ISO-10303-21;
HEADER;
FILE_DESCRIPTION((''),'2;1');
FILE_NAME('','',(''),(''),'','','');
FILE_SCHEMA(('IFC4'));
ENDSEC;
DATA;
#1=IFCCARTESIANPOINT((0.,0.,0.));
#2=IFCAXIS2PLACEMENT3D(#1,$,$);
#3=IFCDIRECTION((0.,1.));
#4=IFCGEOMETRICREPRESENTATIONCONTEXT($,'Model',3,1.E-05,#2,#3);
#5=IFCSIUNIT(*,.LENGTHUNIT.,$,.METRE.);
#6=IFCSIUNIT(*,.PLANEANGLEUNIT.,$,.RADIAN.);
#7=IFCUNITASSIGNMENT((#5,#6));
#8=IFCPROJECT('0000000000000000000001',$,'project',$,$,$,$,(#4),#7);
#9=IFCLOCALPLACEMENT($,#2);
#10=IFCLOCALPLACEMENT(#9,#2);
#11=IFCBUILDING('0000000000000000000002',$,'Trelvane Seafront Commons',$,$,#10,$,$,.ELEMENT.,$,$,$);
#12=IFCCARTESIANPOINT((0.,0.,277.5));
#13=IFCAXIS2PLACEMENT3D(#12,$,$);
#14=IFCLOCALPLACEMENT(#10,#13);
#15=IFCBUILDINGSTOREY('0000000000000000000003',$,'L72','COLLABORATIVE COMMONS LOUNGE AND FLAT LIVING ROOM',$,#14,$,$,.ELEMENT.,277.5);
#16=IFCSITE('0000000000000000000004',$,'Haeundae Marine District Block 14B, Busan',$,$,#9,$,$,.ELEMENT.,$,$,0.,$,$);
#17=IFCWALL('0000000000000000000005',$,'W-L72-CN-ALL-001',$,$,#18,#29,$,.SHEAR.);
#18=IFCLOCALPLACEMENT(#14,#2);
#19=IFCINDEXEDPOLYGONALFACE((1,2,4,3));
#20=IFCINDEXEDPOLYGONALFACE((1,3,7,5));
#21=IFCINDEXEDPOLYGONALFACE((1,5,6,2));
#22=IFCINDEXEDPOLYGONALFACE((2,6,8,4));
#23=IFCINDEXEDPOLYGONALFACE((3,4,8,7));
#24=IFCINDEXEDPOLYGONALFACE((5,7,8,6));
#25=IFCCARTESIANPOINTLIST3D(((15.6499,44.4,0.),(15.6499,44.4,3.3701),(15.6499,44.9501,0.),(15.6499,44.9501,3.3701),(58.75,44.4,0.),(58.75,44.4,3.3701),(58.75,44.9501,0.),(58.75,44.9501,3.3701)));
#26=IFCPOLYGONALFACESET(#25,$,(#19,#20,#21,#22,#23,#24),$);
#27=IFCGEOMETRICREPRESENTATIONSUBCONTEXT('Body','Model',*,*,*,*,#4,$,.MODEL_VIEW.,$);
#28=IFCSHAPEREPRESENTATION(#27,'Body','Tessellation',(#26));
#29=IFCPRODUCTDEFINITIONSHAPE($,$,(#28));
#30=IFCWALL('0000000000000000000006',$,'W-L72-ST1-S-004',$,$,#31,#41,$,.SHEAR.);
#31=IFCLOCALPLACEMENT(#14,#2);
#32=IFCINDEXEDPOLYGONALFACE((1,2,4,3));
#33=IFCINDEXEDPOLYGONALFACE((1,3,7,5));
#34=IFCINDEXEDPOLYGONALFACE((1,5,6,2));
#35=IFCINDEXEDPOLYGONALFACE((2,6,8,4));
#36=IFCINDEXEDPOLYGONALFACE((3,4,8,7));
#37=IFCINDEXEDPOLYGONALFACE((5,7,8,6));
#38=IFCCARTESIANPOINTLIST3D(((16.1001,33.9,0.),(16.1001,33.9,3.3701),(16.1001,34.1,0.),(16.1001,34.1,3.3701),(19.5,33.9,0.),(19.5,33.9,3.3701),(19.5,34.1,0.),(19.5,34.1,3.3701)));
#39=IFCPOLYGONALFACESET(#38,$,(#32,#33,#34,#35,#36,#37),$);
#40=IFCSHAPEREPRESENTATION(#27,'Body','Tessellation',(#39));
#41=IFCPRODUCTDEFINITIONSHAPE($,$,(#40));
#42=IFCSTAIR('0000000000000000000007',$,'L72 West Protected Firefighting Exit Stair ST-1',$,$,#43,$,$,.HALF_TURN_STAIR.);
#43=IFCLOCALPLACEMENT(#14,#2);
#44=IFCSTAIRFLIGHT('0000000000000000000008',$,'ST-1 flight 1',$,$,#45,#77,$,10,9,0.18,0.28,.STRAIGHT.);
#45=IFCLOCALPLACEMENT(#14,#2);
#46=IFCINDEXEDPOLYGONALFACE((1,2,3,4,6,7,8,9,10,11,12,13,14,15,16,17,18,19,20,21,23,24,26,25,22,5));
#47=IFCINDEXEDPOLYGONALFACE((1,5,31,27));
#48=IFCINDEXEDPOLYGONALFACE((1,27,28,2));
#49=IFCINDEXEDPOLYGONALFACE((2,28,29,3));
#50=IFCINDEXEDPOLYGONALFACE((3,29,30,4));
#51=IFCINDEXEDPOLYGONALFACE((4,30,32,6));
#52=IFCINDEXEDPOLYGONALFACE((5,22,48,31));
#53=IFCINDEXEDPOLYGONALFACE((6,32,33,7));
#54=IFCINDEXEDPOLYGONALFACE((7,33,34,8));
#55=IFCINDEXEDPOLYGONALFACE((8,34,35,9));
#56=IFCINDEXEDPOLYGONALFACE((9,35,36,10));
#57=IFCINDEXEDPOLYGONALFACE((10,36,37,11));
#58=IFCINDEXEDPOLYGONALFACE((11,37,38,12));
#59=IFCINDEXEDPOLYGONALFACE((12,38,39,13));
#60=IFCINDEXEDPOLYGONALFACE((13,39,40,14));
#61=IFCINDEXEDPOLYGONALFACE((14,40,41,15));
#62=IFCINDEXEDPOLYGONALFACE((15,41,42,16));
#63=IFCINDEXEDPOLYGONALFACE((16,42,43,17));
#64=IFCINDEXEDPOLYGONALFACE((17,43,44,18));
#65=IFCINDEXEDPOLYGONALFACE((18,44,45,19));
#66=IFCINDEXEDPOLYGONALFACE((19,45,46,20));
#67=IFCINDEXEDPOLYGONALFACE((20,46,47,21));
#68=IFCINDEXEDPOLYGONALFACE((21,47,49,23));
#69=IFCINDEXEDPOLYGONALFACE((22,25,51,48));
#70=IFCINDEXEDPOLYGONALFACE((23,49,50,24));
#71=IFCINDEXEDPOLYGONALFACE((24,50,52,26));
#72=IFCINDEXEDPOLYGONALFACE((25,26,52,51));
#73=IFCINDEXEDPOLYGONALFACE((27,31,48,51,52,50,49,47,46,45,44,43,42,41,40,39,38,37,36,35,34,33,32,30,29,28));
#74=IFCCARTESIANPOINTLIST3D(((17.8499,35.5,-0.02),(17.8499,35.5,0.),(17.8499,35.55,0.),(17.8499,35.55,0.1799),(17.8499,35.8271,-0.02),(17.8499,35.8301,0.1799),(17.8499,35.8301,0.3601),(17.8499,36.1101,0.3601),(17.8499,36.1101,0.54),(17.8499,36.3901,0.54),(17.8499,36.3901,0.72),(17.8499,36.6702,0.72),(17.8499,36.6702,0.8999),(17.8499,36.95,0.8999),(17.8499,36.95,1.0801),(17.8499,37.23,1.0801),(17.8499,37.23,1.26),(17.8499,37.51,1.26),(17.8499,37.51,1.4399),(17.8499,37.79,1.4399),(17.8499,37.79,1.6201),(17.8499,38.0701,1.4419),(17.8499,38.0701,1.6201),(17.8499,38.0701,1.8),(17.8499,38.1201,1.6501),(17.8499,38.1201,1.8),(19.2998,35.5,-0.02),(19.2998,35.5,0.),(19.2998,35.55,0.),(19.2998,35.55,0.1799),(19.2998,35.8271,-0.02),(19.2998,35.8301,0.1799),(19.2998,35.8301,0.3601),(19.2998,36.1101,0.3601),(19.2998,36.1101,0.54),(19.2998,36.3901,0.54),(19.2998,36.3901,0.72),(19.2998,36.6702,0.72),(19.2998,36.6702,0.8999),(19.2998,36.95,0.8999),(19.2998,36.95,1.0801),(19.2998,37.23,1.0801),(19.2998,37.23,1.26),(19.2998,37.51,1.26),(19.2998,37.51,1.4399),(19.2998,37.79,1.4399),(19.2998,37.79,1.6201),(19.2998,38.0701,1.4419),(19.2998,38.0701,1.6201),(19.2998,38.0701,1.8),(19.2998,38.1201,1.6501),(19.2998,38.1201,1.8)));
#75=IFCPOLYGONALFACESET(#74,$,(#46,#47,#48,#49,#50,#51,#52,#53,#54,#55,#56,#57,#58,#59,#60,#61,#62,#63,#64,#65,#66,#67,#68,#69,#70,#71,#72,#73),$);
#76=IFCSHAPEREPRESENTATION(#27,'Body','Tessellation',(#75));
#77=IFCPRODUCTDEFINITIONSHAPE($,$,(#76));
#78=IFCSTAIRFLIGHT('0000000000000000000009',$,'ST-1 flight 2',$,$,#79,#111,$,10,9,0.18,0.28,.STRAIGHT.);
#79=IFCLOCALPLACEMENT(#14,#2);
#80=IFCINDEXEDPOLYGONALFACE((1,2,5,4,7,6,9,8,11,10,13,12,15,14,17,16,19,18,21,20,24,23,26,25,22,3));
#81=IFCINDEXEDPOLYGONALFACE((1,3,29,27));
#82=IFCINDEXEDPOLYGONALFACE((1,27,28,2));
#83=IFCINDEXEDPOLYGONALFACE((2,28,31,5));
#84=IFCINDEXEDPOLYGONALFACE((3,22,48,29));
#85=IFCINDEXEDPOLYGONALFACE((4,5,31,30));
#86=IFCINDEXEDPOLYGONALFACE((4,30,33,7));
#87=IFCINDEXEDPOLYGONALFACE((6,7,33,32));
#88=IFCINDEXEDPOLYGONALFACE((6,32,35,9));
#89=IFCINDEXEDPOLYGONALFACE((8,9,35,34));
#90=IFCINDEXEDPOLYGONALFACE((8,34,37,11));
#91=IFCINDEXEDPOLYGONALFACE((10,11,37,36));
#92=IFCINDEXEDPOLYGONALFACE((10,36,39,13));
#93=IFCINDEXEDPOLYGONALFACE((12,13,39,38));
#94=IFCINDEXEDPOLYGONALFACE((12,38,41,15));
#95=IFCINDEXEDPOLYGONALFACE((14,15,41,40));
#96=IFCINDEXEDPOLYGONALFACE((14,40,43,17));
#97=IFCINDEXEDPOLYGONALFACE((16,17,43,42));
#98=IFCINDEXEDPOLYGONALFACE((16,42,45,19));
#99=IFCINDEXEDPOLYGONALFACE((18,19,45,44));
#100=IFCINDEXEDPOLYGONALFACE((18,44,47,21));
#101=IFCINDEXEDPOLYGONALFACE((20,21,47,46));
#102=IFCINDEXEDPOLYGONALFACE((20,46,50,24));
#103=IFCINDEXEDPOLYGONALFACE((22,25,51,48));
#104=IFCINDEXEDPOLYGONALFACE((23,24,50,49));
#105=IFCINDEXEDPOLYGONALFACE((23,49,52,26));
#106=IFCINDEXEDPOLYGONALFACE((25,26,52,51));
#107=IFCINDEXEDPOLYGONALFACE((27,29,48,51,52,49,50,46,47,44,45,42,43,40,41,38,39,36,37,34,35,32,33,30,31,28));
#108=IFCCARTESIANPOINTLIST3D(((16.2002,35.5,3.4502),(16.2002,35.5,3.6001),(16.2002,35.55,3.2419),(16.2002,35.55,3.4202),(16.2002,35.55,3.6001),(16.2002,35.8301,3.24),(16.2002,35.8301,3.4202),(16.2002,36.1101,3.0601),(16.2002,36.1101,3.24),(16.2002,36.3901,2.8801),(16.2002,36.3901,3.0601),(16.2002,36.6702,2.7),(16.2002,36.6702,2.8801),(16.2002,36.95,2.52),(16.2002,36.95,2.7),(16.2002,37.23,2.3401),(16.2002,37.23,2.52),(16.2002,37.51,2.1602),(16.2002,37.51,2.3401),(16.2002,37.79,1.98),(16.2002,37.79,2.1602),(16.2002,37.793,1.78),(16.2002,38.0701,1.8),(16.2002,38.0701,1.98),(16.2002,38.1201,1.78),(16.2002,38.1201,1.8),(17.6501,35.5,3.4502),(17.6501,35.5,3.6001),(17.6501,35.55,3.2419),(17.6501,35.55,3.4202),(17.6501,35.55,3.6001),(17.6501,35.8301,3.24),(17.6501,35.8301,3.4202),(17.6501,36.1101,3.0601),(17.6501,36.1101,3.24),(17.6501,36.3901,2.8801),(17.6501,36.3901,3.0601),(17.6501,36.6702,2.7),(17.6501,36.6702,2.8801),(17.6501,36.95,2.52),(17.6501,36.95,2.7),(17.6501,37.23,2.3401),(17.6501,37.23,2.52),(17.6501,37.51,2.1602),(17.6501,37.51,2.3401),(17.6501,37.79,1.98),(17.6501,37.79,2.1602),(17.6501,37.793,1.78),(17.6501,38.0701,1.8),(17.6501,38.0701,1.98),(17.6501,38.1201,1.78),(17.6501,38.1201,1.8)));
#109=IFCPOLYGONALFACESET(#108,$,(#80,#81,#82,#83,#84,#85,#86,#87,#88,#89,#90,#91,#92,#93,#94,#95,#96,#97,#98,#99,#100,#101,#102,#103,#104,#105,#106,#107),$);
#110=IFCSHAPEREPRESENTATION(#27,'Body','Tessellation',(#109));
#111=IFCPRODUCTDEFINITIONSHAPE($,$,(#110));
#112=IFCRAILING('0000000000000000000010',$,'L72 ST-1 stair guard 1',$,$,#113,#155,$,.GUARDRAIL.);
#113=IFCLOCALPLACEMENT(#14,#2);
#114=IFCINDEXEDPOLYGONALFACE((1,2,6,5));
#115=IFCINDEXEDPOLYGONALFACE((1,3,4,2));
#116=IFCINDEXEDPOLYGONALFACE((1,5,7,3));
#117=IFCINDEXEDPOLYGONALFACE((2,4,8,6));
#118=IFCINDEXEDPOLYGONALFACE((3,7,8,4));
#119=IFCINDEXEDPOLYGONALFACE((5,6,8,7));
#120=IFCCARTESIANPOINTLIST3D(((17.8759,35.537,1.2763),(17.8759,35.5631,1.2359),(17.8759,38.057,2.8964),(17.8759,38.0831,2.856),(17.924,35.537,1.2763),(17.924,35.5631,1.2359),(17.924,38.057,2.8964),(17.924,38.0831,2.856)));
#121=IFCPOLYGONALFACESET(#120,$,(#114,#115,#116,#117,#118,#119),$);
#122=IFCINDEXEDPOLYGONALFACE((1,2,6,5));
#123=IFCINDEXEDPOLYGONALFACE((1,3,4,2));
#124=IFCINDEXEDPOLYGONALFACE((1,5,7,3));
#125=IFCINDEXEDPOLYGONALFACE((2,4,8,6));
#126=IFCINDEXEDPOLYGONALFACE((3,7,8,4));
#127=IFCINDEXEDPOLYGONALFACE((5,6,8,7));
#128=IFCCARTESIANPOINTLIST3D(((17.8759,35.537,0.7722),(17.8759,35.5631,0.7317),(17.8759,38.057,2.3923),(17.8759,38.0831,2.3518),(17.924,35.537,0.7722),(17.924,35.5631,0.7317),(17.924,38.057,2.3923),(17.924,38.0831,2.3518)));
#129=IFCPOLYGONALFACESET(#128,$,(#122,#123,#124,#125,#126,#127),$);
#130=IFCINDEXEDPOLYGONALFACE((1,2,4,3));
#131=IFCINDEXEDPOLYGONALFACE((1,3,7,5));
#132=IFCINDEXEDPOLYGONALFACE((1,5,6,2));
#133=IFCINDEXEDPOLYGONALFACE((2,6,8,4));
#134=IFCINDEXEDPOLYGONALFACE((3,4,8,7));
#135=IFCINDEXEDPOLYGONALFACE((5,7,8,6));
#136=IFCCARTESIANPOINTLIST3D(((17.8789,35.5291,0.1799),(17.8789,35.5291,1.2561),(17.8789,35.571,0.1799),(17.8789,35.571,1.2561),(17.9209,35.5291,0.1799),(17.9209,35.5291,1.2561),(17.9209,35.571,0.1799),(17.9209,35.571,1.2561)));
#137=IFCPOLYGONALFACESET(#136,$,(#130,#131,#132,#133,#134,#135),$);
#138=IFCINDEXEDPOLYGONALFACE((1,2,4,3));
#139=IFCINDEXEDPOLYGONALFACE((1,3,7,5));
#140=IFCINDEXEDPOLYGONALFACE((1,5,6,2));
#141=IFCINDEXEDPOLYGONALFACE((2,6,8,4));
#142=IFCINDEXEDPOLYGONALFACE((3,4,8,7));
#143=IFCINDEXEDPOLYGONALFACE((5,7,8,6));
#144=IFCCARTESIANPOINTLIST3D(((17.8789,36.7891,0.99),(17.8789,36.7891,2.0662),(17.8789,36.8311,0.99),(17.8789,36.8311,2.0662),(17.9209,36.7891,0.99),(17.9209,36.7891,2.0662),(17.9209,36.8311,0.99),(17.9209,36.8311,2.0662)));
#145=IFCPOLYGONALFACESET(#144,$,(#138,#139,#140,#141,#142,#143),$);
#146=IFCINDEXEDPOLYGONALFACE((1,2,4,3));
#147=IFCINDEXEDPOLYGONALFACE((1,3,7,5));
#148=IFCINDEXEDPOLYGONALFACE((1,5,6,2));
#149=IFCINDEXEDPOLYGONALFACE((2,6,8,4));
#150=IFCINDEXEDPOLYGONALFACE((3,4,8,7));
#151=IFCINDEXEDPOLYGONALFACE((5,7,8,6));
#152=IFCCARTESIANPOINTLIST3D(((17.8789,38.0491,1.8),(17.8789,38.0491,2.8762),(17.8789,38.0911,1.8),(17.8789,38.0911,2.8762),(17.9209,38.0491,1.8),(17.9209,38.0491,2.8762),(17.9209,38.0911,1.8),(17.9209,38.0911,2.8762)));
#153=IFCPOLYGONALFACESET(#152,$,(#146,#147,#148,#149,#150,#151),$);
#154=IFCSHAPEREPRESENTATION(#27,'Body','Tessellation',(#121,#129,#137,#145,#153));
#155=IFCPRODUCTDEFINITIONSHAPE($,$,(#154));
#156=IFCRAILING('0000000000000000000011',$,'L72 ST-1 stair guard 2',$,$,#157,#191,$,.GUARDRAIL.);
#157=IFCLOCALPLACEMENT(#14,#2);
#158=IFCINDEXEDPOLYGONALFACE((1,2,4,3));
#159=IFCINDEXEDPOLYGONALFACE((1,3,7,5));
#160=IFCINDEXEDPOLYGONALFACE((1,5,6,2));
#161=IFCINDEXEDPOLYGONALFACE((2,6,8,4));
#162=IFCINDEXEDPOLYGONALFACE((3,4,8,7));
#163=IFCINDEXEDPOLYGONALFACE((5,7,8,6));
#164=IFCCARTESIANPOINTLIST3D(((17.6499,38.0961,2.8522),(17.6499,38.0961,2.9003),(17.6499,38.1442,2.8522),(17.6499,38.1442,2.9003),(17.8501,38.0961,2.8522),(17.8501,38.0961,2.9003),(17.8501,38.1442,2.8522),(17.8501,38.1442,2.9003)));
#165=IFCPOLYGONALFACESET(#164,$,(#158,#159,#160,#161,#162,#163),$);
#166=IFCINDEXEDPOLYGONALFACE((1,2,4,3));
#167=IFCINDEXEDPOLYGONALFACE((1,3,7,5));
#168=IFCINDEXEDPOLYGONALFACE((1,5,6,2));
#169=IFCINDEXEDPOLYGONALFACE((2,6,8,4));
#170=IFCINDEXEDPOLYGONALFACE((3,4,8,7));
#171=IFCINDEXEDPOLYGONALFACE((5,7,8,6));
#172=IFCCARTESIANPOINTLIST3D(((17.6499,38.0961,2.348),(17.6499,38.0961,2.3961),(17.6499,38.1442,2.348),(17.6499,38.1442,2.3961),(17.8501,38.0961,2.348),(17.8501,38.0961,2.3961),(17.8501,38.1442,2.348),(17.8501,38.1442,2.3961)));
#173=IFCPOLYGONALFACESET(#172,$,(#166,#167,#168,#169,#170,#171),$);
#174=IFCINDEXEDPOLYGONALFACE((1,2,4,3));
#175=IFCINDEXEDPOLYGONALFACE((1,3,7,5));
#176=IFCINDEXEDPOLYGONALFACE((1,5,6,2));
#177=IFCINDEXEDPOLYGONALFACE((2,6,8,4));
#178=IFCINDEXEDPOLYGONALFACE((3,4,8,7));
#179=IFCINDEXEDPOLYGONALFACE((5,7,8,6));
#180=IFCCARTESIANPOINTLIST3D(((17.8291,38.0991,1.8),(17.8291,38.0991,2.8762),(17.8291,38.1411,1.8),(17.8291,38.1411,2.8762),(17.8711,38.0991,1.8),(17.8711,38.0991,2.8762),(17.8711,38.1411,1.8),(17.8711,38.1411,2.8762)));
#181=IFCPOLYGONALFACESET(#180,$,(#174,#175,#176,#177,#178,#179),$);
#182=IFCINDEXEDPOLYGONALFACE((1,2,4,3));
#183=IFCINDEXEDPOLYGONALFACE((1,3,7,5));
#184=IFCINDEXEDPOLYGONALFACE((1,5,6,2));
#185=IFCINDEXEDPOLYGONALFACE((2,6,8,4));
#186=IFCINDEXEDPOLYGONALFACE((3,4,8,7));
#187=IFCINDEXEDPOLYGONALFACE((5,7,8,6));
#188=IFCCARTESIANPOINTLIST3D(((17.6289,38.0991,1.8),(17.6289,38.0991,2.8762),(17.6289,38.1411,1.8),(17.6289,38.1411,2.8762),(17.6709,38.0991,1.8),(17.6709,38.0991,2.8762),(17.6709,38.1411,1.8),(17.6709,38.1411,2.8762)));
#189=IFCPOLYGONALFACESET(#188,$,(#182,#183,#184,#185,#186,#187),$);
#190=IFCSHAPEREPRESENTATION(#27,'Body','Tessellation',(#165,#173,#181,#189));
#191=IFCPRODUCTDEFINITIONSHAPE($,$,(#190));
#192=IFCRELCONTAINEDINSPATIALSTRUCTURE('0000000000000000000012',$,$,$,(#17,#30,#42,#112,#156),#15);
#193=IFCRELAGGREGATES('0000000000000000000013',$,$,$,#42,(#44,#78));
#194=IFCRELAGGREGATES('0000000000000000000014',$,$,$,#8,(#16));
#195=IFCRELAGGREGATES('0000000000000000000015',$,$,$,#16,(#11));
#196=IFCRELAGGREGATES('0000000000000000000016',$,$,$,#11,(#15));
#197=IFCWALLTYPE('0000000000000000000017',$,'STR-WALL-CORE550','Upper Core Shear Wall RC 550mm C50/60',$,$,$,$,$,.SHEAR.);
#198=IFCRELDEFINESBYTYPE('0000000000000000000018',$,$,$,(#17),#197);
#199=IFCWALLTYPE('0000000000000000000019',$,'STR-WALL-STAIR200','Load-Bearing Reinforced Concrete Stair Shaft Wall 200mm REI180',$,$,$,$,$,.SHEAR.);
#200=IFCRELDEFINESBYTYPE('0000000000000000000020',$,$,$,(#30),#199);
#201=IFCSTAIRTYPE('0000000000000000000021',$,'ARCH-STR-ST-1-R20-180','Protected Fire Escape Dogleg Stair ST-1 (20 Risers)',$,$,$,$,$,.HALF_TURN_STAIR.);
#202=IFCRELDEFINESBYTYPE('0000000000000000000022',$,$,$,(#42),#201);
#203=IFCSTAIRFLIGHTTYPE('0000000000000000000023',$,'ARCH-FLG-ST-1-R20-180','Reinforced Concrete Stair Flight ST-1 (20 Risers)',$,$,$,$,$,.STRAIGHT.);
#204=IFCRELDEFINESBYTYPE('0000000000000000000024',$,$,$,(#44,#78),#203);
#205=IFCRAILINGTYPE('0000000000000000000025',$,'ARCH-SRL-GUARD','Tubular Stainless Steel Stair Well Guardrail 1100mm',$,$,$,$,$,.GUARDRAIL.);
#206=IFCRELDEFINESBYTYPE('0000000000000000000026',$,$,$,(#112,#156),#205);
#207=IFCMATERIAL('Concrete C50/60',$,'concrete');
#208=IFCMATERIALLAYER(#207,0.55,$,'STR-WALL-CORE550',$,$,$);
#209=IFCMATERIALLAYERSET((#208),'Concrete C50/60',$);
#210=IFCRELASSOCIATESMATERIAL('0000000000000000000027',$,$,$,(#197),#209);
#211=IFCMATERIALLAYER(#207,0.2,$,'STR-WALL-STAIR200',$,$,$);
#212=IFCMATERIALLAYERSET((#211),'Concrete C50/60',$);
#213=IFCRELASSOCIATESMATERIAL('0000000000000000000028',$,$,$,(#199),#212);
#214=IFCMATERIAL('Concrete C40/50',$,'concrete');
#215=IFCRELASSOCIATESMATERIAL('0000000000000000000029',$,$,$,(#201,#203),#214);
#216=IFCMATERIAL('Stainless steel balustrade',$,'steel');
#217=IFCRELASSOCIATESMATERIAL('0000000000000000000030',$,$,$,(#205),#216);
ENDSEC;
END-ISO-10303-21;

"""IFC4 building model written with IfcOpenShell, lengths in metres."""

from ifc_helpers import new_model, si_unit, direction, frame, frame_2d, origin, origin_2d, place, context, subcontext, project, spatial, polyline, rectangle, outline, extrude, source, transform, mapped, material, layer, layer_set, type_object, element, aggregate, save


model = new_model("IFC4")

# Units and contexts
model_context = context("Model", 3, precision=1e-05, world=origin(), true_north=direction((0.0, 1.0)))
body_context = subcontext(model_context, "Body", "Model", "MODEL_VIEW")
ifc_project = project(units=[si_unit("LENGTHUNIT", "METRE"), si_unit("PLANEANGLEUNIT", "RADIAN")], contexts=[model_context])

# Site, building, storey
site_placement = place(None, origin())
site = spatial("IfcSite", under=ifc_project, at=site_placement, Name="Haeundae Marine District Block 14B, Busan", CompositionType="ELEMENT", RefElevation=0.0)
building_placement = place(site_placement, origin())
building = spatial("IfcBuilding", under=site, at=building_placement, Name="Trelvane Seafront Commons", CompositionType="ELEMENT")
storey_placement = place(building_placement, frame((0.0, 0.0, 277.5)))
storey = spatial("IfcBuildingStorey", under=building, at=storey_placement, Name="L72", Description="COLLABORATIVE COMMONS LOUNGE AND FLAT LIVING ROOM", CompositionType="ELEMENT", Elevation=277.5)

# Shared definitions
ifc_material_1 = material(Name="Concrete C50/60", Category="concrete")

# Shared definitions
ifc_material_2 = material(Name="Concrete C40/50", Category="concrete")
ifc_material_3 = material(Name="Stainless steel balustrade", Category="steel")

# Walls
ifc_layer_1 = layer(ifc_material_1, 0.55, Name="STR-WALL-CORE550")
ifc_layer_set_1 = layer_set([ifc_layer_1], Name="Concrete C50/60")
wall_type_1 = type_object("IfcWallType", Name="STR-WALL-CORE550", Description="Upper Core Shear Wall RC 550mm C50/60", PredefinedType="SHEAR", material=ifc_layer_set_1)
wall_1_placement = place(storey_placement, frame((15.6499, 44.675, 0.0), z_axis=(0.0, 0.0, 1.0), x_axis=(1.0, 0.0, 0.0)))
element("IfcWall", 1, at=wall_1_placement, inside=storey, type_object=wall_type_1, Name="W-L72-CN-ALL-001", PredefinedType="SHEAR", context=body_context, shape_type="SweptSolid", body=[
    extrude(rectangle(XDim=43.1001, YDim=0.55, at=frame_2d((21.55, 0.0))), origin(), (0.0, 0.0, 1.0), 3.3701),
])
ifc_layer_2 = layer(ifc_material_1, 0.2, Name="STR-WALL-STAIR200")
ifc_layer_set_2 = layer_set([ifc_layer_2], Name="Concrete C50/60")
wall_type_2 = type_object("IfcWallType", Name="STR-WALL-STAIR200", Description="Load-Bearing Reinforced Concrete Stair Shaft Wall 200mm REI180", PredefinedType="SHEAR", material=ifc_layer_set_2)
wall_2_placement = place(storey_placement, frame((16.1001, 34.0, 0.0), z_axis=(0.0, 0.0, 1.0), x_axis=(1.0, 0.0, 0.0)))
element("IfcWall", 2, at=wall_2_placement, inside=storey, type_object=wall_type_2, Name="W-L72-ST1-S-004", PredefinedType="SHEAR", context=body_context, shape_type="SweptSolid", body=[
    extrude(rectangle(XDim=3.3999, YDim=0.2, at=frame_2d((1.7, 0.0))), origin(), (0.0, 0.0, 1.0), 3.3701),
])

# Stair, stair flights
stair_type = type_object("IfcStairType", Name="ARCH-STR-ST-1-R20-180", Description="Protected Fire Escape Dogleg Stair ST-1 (20 Risers)", PredefinedType="HALF_TURN_STAIR", material=ifc_material_2)
stair_placement = place(storey_placement, origin())
stair = element("IfcStair", 3, at=stair_placement, inside=storey, type_object=stair_type, Name="L72 West Protected Firefighting Exit Stair ST-1", PredefinedType="HALF_TURN_STAIR")
stair_flight_type = type_object("IfcStairFlightType", Name="ARCH-FLG-ST-1-R20-180", Description="Reinforced Concrete Stair Flight ST-1 (20 Risers)", PredefinedType="STRAIGHT", material=ifc_material_2)
shared_shape_1 = source(origin(), body_context, "Body", "SweptSolid", [
    extrude(outline(polyline([(-0.05, -0.02), (-0.05, 0.0), (0.0, 0.0), (0.0, 0.1799), (0.28, 0.1799), (0.28, 0.3601), (0.5601, 0.3601), (0.5601, 0.54), (0.8401, 0.54), (0.8401, 0.72), (1.1201, 0.72), (1.1201, 0.8999), (1.3999, 0.8999), (1.3999, 1.0801), (1.6799, 1.0801), (1.6799, 1.26), (1.96, 1.26), (1.96, 1.4399), (2.24, 1.4399), (2.24, 1.6201), (2.52, 1.6201), (2.52, 1.8), (2.5701, 1.8), (2.5701, 1.6501), (2.52, 1.4419), (0.2771, -0.02), (-0.05, -0.02)])), frame((0.0, 0.7251, 0.0), z_axis=(0.0, -1.0, 0.0), x_axis=(1.0, 0.0, 0.0)), (0.0, 0.0, 1.0), 1.45),
])
stair_flight_1_placement = place(storey_placement, frame((18.575, 35.55, 0.0), z_axis=(0.0, 0.0, 1.0), x_axis=(0.0, 1.0, 0.0)))
stair_flight_1 = element("IfcStairFlight", 4, at=stair_flight_1_placement, type_object=stair_flight_type, Name="ST-1 flight 1", NumberOfRisers=10, NumberOfTreads=9, PredefinedType="STRAIGHT", RiserHeight=0.18, TreadLength=0.28, context=body_context, shape_type="MappedRepresentation", body=[
    mapped(shared_shape_1, transform((0.0, 0.0, 0.0), x_axis=(1.0, 0.0, 0.0), y_axis=(0.0, 1.0, 0.0), z_axis=(0.0, 0.0, 1.0), scale=1.0)),
])
stair_flight_2_placement = place(storey_placement, frame((16.925, 38.0701, 1.8), z_axis=(0.0, 0.0, 1.0), x_axis=(0.0, -1.0, 0.0)))
stair_flight_2 = element("IfcStairFlight", 5, at=stair_flight_2_placement, type_object=stair_flight_type, Name="ST-1 flight 2", NumberOfRisers=10, NumberOfTreads=9, PredefinedType="STRAIGHT", RiserHeight=0.18, TreadLength=0.28, context=body_context, shape_type="MappedRepresentation", body=[
    mapped(shared_shape_1, transform((0.0, 0.0, 0.0), x_axis=(1.0, 0.0, 0.0), y_axis=(0.0, 1.0, 0.0), z_axis=(0.0, 0.0, 1.0), scale=1.0)),
])
aggregate(stair, [stair_flight_1, stair_flight_2])

# Railings
railing_type_1 = type_object("IfcRailingType", Name="ARCH-SRL-GUARD", Description="Tubular Stainless Steel Stair Well Guardrail 1100mm", PredefinedType="GUARDRAIL", material=ifc_material_3)
railing_1_placement = place(storey_placement, frame((17.8999, 35.55, 0.1799)))
element("IfcRailing", 6, at=railing_1_placement, inside=storey, type_object=railing_type_1, Name="L72 ST-1 stair guard 1", PredefinedType="GUARDRAIL", context=body_context, shape_type="SweptSolid", body=[
    extrude(rectangle(XDim=0.0481, YDim=0.0481, at=origin_2d()), frame((0.0, 0.0, 1.0762), z_axis=(0.0, 0.841163, 0.540782), x_axis=(-1.0, 0.0, 0.0)), (0.0, 0.0, 1.0), 2.9958),
    extrude(rectangle(XDim=0.0481, YDim=0.0481, at=origin_2d()), frame((0.0, 0.0, 0.572), z_axis=(0.0, 0.841163, 0.540782), x_axis=(-1.0, 0.0, 0.0)), (0.0, 0.0, 1.0), 2.9958),
    extrude(rectangle(XDim=0.042, YDim=0.042, at=origin_2d()), origin(), (0.0, 0.0, 1.0), 1.0762),
    extrude(rectangle(XDim=0.042, YDim=0.042, at=origin_2d()), frame((0.0, 1.26, 0.8101)), (0.0, 0.0, 1.0), 1.0762),
    extrude(rectangle(XDim=0.042, YDim=0.042, at=origin_2d()), frame((0.0, 2.52, 1.6201)), (0.0, 0.0, 1.0), 1.0762),
])
railing_2_placement = place(storey_placement, frame((17.8501, 38.1201, 1.8)))
element("IfcRailing", 7, at=railing_2_placement, inside=storey, type_object=railing_type_1, Name="L72 ST-1 stair guard 2", PredefinedType="GUARDRAIL", context=body_context, shape_type="SweptSolid", body=[
    extrude(rectangle(XDim=0.0481, YDim=0.0481, at=origin_2d()), frame((0.0, 0.0, 1.0762), z_axis=(-1.0, 0.0, 0.0), x_axis=(0.0, -1.0, 0.0)), (0.0, 0.0, 1.0), 0.2002),
    extrude(rectangle(XDim=0.0481, YDim=0.0481, at=origin_2d()), frame((0.0, 0.0, 0.572), z_axis=(-1.0, 0.0, 0.0), x_axis=(0.0, -1.0, 0.0)), (0.0, 0.0, 1.0), 0.2002),
    extrude(rectangle(XDim=0.042, YDim=0.042, at=origin_2d()), origin(), (0.0, 0.0, 1.0), 1.0762),
    extrude(rectangle(XDim=0.042, YDim=0.042, at=origin_2d()), frame((-0.2002, 0.0, 0.0)), (0.0, 0.0, 1.0), 1.0762),
])

save(model, "model.ifc")
